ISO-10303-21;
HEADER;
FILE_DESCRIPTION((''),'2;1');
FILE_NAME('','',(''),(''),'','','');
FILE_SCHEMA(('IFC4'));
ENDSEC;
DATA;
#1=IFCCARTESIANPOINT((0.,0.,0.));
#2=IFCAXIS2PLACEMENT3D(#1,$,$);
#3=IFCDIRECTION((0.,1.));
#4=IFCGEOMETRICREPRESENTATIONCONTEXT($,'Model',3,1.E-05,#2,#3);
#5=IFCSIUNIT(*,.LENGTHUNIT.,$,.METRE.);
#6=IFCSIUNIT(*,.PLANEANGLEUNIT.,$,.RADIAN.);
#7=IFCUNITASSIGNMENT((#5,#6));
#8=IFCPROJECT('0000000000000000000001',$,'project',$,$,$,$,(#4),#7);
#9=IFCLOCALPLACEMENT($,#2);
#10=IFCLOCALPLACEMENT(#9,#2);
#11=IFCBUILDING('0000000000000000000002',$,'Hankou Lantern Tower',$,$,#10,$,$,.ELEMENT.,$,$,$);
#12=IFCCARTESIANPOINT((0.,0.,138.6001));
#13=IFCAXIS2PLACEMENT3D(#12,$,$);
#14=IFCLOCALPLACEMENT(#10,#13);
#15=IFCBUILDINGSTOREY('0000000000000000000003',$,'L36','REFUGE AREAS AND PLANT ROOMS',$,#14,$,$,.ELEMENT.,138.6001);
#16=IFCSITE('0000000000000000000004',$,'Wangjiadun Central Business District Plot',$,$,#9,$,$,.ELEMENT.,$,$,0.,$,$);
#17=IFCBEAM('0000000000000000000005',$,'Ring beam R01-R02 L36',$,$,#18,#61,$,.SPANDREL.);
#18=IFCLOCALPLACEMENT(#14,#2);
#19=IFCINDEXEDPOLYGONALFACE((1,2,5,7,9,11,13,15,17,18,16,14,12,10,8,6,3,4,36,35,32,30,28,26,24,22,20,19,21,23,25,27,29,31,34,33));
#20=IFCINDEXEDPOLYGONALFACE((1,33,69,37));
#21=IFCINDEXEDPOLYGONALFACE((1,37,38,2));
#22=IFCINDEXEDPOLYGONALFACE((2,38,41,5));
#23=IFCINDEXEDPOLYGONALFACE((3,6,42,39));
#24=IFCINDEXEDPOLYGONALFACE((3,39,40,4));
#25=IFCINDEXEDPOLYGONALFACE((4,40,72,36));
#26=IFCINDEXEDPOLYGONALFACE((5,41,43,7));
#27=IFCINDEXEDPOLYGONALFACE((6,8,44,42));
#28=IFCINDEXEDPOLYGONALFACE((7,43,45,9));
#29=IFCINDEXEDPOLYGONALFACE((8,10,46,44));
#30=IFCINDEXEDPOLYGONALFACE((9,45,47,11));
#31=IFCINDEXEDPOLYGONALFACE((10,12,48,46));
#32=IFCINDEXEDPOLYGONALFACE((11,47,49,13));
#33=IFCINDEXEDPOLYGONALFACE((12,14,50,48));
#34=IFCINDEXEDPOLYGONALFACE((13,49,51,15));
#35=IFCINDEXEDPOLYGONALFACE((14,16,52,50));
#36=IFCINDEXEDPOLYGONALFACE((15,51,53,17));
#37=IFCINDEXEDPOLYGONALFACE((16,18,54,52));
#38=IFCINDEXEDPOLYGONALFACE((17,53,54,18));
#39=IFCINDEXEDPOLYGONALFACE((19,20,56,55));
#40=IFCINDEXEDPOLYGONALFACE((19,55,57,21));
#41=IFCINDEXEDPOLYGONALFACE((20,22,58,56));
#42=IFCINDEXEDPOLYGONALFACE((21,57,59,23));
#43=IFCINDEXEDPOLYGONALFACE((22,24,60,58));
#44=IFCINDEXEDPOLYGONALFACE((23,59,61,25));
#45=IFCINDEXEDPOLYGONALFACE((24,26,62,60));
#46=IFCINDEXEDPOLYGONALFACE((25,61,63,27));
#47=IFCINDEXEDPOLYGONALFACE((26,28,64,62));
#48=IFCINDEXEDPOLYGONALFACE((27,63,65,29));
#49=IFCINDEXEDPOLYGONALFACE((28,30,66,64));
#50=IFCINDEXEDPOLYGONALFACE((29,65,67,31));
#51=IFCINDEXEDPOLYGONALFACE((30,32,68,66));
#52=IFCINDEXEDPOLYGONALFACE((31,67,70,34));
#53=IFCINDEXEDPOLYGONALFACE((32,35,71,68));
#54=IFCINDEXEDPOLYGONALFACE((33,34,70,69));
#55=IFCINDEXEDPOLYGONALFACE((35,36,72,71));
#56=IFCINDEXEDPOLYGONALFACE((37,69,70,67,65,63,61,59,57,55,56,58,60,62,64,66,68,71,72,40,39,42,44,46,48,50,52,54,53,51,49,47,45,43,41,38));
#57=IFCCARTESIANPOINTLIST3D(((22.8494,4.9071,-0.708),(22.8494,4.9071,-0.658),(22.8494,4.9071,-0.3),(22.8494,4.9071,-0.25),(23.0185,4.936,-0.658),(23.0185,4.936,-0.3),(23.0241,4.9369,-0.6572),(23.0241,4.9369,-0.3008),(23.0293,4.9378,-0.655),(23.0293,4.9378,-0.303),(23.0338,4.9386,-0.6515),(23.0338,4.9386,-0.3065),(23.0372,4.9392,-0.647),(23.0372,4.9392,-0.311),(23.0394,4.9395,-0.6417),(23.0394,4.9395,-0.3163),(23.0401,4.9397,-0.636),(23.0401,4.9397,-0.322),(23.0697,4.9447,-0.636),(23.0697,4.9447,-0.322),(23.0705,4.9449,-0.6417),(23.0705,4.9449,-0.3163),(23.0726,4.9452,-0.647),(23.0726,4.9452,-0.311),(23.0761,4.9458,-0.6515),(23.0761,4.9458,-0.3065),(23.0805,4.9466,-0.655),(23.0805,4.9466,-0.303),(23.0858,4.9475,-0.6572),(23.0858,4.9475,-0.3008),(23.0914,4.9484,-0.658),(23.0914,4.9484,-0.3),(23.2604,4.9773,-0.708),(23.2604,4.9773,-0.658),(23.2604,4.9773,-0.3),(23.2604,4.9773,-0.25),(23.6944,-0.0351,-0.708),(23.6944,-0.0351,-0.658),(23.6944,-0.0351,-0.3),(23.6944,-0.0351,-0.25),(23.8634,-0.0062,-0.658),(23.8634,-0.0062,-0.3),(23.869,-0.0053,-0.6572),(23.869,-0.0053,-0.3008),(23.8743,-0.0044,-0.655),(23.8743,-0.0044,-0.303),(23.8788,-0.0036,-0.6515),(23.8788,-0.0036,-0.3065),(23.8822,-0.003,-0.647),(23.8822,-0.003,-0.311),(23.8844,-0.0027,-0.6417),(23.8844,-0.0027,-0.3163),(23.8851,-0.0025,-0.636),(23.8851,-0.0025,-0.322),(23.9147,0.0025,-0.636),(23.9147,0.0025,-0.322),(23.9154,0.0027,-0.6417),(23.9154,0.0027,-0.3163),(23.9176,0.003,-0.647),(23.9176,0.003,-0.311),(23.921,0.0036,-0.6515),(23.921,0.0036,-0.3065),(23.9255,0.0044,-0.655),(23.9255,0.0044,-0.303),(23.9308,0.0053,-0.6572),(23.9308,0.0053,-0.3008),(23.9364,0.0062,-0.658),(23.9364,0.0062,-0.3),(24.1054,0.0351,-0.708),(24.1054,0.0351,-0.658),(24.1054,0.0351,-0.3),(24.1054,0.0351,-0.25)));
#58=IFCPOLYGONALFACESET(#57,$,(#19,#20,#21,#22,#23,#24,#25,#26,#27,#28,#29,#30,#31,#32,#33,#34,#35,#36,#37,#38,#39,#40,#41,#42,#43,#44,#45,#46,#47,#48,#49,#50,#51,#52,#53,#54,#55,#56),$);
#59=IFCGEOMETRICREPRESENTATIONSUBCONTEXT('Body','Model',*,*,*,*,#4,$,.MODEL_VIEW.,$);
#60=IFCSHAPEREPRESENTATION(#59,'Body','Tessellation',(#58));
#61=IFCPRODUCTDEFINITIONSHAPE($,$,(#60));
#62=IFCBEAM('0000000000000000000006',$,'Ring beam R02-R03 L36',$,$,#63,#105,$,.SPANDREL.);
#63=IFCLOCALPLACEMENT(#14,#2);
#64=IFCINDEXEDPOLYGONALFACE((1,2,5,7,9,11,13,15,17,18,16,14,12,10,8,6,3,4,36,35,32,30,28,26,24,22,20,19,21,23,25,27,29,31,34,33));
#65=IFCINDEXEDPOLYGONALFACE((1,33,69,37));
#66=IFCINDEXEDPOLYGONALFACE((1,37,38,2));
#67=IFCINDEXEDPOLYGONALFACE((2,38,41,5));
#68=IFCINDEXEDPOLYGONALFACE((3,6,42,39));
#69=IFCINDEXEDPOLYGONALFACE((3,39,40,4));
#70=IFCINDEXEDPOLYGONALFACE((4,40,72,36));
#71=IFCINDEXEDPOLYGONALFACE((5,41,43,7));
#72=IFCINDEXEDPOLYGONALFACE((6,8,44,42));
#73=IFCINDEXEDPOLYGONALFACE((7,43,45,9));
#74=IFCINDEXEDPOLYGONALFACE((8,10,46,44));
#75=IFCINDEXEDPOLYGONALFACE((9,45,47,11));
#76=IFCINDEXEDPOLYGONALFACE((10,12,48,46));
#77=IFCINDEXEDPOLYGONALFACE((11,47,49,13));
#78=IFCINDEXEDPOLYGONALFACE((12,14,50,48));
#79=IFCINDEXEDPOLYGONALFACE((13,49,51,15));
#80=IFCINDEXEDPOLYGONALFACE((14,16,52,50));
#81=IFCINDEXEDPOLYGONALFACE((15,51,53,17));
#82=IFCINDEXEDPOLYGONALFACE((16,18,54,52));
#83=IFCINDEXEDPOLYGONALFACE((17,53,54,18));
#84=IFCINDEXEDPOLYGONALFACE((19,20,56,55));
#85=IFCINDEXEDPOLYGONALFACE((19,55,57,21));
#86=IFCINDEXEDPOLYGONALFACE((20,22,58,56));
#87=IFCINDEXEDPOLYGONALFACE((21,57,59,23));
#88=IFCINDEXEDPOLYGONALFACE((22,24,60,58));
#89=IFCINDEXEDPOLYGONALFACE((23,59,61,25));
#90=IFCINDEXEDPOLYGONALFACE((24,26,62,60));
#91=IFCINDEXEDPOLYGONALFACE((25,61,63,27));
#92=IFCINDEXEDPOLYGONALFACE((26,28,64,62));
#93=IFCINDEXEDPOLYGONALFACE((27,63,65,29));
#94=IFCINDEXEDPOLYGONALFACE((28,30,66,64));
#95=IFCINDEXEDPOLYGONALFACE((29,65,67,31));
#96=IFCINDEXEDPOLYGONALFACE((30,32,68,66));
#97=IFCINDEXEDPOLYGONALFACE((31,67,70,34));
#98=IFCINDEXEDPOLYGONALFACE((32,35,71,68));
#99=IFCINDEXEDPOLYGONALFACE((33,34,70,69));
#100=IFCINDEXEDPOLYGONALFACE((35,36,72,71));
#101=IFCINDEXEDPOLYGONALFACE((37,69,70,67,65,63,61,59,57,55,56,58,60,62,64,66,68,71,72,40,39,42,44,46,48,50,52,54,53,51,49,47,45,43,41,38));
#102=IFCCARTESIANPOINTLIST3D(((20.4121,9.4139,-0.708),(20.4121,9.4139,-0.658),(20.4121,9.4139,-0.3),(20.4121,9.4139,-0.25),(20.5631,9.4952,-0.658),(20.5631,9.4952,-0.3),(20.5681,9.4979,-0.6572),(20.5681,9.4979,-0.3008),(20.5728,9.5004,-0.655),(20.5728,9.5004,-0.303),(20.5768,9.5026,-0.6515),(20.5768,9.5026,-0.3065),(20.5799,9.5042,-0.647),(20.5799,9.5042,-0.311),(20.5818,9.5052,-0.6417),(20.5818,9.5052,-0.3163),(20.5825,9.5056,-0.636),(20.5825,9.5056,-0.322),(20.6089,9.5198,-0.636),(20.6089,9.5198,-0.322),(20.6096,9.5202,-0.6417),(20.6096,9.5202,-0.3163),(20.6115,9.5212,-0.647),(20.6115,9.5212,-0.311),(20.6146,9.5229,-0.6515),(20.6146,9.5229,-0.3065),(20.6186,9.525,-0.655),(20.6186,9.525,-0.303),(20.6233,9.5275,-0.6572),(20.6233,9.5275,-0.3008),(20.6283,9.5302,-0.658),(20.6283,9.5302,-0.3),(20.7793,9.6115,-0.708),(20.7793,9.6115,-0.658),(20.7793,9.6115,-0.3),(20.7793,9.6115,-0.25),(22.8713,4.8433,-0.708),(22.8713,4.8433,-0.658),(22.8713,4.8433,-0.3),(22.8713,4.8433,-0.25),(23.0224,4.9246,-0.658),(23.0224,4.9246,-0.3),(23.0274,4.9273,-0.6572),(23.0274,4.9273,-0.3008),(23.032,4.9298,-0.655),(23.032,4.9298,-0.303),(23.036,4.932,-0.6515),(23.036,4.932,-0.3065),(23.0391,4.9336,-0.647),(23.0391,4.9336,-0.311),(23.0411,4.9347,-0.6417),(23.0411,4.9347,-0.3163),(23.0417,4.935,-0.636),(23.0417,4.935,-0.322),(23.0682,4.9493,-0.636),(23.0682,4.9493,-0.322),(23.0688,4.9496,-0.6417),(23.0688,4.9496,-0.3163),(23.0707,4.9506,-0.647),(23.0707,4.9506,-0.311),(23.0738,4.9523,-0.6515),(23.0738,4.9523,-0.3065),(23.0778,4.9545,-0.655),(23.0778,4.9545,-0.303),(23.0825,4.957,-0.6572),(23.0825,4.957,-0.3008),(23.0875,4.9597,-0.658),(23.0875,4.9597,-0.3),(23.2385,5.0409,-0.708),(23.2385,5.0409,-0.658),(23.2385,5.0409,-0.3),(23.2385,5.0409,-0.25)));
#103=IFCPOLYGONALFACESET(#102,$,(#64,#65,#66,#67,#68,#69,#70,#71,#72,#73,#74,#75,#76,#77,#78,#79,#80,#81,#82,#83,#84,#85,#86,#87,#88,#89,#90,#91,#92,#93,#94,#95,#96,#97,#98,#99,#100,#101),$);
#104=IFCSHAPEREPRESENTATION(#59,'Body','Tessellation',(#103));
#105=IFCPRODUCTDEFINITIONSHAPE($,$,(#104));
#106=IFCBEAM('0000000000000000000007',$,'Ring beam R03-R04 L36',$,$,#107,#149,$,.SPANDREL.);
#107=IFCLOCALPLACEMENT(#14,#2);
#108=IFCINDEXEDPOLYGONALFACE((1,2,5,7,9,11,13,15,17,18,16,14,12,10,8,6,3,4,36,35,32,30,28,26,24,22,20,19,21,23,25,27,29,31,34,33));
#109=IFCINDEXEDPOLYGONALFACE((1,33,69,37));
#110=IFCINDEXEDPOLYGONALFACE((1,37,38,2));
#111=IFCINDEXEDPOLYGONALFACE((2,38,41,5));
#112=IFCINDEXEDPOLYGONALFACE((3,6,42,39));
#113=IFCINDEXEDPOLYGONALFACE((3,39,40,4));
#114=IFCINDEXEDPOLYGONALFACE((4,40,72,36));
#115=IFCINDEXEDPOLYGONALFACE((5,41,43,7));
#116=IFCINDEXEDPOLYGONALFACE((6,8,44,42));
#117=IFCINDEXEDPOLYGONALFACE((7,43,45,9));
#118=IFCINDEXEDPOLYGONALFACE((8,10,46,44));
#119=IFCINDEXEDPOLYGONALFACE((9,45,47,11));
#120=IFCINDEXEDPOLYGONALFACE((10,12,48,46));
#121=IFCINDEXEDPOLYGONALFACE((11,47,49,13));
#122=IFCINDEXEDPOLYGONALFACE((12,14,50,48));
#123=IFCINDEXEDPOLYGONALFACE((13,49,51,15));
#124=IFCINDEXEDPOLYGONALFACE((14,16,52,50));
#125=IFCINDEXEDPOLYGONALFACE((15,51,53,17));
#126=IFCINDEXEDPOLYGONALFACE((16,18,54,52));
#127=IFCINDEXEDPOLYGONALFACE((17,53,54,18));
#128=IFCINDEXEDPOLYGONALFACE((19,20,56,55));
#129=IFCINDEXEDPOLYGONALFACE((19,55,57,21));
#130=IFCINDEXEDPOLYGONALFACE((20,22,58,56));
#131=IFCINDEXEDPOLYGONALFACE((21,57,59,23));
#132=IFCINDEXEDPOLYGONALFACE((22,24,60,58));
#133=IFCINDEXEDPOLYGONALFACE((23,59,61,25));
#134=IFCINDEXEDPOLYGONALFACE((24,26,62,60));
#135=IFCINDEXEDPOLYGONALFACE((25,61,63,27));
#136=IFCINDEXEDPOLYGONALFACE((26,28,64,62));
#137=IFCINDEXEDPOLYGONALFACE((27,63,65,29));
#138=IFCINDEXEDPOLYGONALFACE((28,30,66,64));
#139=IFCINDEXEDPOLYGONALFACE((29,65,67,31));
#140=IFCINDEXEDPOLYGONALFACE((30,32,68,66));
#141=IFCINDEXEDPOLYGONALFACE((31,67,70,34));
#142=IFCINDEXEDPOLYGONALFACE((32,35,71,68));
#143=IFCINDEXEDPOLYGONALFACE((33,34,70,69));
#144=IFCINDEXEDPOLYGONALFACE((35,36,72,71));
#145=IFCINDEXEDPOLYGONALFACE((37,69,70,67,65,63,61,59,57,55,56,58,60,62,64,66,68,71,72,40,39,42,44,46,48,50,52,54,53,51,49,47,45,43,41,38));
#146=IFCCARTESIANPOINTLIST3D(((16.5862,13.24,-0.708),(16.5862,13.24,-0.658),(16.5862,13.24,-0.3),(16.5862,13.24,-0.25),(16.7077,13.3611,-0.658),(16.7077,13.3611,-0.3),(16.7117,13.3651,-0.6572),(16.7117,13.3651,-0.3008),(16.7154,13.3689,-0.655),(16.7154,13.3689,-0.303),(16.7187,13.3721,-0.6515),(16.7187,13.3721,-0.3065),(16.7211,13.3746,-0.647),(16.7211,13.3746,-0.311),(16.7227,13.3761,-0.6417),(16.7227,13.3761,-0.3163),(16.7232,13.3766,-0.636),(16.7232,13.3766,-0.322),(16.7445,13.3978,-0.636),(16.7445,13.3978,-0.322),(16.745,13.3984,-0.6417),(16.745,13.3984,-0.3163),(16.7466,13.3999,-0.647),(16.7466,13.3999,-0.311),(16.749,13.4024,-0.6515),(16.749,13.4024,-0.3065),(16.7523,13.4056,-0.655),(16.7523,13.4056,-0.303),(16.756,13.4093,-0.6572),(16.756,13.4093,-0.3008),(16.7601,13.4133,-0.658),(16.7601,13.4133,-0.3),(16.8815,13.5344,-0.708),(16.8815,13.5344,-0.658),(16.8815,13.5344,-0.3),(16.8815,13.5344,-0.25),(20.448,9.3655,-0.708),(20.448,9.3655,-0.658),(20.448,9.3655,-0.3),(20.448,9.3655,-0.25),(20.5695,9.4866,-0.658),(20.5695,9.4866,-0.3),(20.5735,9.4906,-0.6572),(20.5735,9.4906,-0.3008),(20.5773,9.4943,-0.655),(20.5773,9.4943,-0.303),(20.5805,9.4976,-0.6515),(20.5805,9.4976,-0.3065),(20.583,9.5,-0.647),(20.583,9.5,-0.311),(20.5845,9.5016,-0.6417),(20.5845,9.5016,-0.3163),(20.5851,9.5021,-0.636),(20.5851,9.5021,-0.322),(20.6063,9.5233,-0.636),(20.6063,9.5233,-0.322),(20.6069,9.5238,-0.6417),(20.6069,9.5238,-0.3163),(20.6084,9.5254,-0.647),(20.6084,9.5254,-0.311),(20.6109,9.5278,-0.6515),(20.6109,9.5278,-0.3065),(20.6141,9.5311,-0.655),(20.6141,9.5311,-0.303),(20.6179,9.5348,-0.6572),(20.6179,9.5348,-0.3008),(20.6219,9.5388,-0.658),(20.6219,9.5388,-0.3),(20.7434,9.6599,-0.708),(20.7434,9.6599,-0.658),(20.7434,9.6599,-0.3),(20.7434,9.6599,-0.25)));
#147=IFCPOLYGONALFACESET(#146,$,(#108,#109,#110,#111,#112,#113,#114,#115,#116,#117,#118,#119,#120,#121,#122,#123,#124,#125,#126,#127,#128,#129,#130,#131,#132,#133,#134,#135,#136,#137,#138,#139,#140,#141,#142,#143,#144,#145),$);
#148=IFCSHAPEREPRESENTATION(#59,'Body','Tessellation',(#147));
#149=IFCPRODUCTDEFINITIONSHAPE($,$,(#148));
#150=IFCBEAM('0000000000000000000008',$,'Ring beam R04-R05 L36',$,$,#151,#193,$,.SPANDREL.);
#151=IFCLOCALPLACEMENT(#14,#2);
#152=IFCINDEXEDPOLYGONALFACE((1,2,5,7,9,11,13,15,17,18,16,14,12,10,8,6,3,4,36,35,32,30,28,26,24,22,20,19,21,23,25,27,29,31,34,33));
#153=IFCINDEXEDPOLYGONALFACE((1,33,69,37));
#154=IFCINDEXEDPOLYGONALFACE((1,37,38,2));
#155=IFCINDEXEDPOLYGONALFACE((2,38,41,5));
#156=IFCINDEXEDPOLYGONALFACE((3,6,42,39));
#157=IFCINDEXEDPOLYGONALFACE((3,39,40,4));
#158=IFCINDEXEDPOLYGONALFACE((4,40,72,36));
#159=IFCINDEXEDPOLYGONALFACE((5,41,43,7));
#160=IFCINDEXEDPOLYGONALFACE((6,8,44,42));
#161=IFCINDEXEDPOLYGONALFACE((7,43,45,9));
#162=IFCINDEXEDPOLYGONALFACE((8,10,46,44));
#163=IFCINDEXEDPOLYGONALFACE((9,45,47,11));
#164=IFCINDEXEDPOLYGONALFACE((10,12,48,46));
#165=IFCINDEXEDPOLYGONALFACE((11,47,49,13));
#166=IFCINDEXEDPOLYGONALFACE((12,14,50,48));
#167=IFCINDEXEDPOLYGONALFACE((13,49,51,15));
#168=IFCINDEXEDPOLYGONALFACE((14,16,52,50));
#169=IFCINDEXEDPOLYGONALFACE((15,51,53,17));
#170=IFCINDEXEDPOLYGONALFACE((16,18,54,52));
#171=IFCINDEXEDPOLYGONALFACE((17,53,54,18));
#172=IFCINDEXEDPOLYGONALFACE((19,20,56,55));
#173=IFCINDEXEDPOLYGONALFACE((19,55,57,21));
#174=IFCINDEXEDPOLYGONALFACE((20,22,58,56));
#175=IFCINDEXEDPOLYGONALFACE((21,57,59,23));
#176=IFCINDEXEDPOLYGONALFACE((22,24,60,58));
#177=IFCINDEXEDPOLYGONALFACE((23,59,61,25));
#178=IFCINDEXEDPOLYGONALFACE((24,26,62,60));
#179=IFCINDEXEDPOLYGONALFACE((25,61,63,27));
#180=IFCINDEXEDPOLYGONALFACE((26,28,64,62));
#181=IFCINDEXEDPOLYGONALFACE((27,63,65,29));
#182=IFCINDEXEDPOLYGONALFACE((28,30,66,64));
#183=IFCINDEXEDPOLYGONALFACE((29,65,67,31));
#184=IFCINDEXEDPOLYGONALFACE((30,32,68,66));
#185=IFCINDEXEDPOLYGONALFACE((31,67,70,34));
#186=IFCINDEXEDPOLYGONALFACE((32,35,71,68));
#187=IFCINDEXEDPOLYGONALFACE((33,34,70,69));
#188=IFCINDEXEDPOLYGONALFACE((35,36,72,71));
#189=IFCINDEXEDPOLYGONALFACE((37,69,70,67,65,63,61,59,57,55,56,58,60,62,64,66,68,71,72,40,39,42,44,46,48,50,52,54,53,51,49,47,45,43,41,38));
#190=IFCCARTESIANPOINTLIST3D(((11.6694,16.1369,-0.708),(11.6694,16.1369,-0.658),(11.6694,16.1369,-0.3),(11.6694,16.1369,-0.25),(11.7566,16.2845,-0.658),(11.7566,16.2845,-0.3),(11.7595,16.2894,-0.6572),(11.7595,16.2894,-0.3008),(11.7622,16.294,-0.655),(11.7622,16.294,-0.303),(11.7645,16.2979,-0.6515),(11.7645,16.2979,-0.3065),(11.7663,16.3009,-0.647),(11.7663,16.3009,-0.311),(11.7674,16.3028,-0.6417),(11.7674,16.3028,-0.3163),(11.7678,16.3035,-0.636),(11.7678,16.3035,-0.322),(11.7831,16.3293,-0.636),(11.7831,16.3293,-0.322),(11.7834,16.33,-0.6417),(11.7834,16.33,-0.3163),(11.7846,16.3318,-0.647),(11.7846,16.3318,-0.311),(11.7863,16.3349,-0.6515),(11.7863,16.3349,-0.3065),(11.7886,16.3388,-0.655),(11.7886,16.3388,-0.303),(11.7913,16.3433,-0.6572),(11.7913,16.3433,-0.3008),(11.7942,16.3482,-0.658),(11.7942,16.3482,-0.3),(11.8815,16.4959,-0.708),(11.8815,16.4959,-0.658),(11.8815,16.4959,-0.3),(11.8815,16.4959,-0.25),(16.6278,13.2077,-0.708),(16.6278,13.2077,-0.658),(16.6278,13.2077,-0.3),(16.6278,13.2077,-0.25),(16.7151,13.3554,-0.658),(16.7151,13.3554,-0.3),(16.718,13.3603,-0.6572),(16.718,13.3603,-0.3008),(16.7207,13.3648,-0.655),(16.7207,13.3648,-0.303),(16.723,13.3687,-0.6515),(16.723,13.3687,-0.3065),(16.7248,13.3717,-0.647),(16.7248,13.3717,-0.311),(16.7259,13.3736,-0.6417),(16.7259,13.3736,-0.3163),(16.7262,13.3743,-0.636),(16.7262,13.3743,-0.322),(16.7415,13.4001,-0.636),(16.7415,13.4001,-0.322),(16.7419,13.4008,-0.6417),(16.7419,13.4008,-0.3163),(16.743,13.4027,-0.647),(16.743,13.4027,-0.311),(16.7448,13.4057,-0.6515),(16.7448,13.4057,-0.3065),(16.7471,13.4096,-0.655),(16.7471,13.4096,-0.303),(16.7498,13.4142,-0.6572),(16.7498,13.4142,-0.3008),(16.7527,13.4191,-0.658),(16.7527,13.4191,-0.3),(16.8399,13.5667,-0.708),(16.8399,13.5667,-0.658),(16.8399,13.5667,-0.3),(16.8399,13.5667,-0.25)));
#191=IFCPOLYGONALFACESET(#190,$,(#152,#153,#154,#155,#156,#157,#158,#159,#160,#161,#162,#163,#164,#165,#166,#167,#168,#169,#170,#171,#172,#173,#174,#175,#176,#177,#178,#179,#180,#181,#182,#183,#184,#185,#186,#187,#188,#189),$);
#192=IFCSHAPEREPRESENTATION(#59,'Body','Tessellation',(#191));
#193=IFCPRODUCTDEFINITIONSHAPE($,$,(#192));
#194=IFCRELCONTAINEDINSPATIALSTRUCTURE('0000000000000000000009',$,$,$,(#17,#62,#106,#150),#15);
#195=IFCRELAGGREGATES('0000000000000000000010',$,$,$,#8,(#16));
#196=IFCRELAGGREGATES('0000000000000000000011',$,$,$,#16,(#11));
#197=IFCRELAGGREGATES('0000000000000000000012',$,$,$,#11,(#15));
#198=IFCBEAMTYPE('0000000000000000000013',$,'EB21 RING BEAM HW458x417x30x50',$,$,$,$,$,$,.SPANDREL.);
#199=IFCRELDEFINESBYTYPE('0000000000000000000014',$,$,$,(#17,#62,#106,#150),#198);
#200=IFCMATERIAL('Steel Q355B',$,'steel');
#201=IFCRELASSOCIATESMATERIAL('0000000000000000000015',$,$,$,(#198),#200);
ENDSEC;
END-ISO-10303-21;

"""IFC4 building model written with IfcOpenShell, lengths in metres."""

from ifc_helpers import new_model, si_unit, direction, frame, origin, origin_2d, place, context, subcontext, project, spatial, i_section, extrude, material, material_profile, profile_set, type_object, element, save


model = new_model("IFC4")

# Units and contexts
model_context = context("Model", 3, precision=1e-05, world=origin(), true_north=direction((0.0, 1.0)))
body_context = subcontext(model_context, "Body", "Model", "MODEL_VIEW")
ifc_project = project(units=[si_unit("LENGTHUNIT", "METRE"), si_unit("PLANEANGLEUNIT", "RADIAN")], contexts=[model_context])

# Site, building, storey
site_placement = place(None, origin())
site = spatial("IfcSite", under=ifc_project, at=site_placement, Name="Wangjiadun Central Business District Plot", CompositionType="ELEMENT", RefElevation=0.0)
building_placement = place(site_placement, origin())
building = spatial("IfcBuilding", under=site, at=building_placement, Name="Hankou Lantern Tower", CompositionType="ELEMENT")
storey_placement = place(building_placement, frame((0.0, 0.0, 138.6001)))
storey = spatial("IfcBuildingStorey", under=building, at=storey_placement, Name="L36", Description="REFUGE AREAS AND PLANT ROOMS", CompositionType="ELEMENT", Elevation=138.6001)

# Beams
ifc_material_1 = material(Name="Steel Q355B", Category="steel")
ifc_material_profile_1 = material_profile(ifc_material_1, i_section(OverallWidth=0.417, OverallDepth=0.458, WebThickness=0.03, FlangeThickness=0.05, FilletRadius=0.022, at=origin_2d()), Name="HW458x417x30x50")
ifc_profile_set_1 = profile_set([ifc_material_profile_1], Name="Steel Q355B")
beam_type_1 = type_object("IfcBeamType", Name="EB21 RING BEAM HW458x417x30x50", PredefinedType="SPANDREL", material=ifc_profile_set_1)
beam_1_placement = place(storey_placement, frame((23.8999, 0.0, -0.479), z_axis=(-0.168527, 0.985697, 0.0), x_axis=(-0.985697, -0.168527, 0.0)))
element("IfcBeam", 1, at=beam_1_placement, inside=storey, type_object=beam_type_1, Name="Ring beam R01-R02 L36", PredefinedType="SPANDREL", context=body_context, shape_type="SweptSolid", body=[
    extrude(i_section(OverallWidth=0.417, OverallDepth=0.458, WebThickness=0.03, FlangeThickness=0.05, FilletRadius=0.022, at=origin_2d()), origin(), (0.0, 0.0, 1.0), 5.0139),
])
beam_2_placement = place(storey_placement, frame((23.0549, 4.9421, -0.479), z_axis=(-0.473825, 0.880619, 0.0), x_axis=(-0.880619, -0.473825, 0.0)))
element("IfcBeam", 2, at=beam_2_placement, inside=storey, type_object=beam_type_1, Name="Ring beam R02-R03 L36", PredefinedType="SPANDREL", context=body_context, shape_type="SweptSolid", body=[
    extrude(i_section(OverallWidth=0.417, OverallDepth=0.458, WebThickness=0.03, FlangeThickness=0.05, FilletRadius=0.022, at=origin_2d()), origin(), (0.0, 0.0, 1.0), 5.1902),
])
beam_3_placement = place(storey_placement, frame((20.5957, 9.5127, -0.479), z_axis=(-0.705945, 0.708266, 0.0), x_axis=(-0.708266, -0.705945, 0.0)))
element("IfcBeam", 3, at=beam_3_placement, inside=storey, type_object=beam_type_1, Name="Ring beam R03-R04 L36", PredefinedType="SPANDREL", context=body_context, shape_type="SweptSolid", body=[
    extrude(i_section(OverallWidth=0.417, OverallDepth=0.458, WebThickness=0.03, FlangeThickness=0.05, FilletRadius=0.022, at=origin_2d()), origin(), (0.0, 0.0, 1.0), 5.4705),
])
beam_4_placement = place(storey_placement, frame((16.7339, 13.3872, -0.479), z_axis=(-0.860989, 0.508624, 0.0), x_axis=(-0.508624, -0.860989, 0.0)))
element("IfcBeam", 4, at=beam_4_placement, inside=storey, type_object=beam_type_1, Name="Ring beam R04-R05 L36", PredefinedType="SPANDREL", context=body_context, shape_type="SweptSolid", body=[
    extrude(i_section(OverallWidth=0.417, OverallDepth=0.458, WebThickness=0.03, FlangeThickness=0.05, FilletRadius=0.022, at=origin_2d()), origin(), (0.0, 0.0, 1.0), 5.759),
])

save(model, "model.ifc")
